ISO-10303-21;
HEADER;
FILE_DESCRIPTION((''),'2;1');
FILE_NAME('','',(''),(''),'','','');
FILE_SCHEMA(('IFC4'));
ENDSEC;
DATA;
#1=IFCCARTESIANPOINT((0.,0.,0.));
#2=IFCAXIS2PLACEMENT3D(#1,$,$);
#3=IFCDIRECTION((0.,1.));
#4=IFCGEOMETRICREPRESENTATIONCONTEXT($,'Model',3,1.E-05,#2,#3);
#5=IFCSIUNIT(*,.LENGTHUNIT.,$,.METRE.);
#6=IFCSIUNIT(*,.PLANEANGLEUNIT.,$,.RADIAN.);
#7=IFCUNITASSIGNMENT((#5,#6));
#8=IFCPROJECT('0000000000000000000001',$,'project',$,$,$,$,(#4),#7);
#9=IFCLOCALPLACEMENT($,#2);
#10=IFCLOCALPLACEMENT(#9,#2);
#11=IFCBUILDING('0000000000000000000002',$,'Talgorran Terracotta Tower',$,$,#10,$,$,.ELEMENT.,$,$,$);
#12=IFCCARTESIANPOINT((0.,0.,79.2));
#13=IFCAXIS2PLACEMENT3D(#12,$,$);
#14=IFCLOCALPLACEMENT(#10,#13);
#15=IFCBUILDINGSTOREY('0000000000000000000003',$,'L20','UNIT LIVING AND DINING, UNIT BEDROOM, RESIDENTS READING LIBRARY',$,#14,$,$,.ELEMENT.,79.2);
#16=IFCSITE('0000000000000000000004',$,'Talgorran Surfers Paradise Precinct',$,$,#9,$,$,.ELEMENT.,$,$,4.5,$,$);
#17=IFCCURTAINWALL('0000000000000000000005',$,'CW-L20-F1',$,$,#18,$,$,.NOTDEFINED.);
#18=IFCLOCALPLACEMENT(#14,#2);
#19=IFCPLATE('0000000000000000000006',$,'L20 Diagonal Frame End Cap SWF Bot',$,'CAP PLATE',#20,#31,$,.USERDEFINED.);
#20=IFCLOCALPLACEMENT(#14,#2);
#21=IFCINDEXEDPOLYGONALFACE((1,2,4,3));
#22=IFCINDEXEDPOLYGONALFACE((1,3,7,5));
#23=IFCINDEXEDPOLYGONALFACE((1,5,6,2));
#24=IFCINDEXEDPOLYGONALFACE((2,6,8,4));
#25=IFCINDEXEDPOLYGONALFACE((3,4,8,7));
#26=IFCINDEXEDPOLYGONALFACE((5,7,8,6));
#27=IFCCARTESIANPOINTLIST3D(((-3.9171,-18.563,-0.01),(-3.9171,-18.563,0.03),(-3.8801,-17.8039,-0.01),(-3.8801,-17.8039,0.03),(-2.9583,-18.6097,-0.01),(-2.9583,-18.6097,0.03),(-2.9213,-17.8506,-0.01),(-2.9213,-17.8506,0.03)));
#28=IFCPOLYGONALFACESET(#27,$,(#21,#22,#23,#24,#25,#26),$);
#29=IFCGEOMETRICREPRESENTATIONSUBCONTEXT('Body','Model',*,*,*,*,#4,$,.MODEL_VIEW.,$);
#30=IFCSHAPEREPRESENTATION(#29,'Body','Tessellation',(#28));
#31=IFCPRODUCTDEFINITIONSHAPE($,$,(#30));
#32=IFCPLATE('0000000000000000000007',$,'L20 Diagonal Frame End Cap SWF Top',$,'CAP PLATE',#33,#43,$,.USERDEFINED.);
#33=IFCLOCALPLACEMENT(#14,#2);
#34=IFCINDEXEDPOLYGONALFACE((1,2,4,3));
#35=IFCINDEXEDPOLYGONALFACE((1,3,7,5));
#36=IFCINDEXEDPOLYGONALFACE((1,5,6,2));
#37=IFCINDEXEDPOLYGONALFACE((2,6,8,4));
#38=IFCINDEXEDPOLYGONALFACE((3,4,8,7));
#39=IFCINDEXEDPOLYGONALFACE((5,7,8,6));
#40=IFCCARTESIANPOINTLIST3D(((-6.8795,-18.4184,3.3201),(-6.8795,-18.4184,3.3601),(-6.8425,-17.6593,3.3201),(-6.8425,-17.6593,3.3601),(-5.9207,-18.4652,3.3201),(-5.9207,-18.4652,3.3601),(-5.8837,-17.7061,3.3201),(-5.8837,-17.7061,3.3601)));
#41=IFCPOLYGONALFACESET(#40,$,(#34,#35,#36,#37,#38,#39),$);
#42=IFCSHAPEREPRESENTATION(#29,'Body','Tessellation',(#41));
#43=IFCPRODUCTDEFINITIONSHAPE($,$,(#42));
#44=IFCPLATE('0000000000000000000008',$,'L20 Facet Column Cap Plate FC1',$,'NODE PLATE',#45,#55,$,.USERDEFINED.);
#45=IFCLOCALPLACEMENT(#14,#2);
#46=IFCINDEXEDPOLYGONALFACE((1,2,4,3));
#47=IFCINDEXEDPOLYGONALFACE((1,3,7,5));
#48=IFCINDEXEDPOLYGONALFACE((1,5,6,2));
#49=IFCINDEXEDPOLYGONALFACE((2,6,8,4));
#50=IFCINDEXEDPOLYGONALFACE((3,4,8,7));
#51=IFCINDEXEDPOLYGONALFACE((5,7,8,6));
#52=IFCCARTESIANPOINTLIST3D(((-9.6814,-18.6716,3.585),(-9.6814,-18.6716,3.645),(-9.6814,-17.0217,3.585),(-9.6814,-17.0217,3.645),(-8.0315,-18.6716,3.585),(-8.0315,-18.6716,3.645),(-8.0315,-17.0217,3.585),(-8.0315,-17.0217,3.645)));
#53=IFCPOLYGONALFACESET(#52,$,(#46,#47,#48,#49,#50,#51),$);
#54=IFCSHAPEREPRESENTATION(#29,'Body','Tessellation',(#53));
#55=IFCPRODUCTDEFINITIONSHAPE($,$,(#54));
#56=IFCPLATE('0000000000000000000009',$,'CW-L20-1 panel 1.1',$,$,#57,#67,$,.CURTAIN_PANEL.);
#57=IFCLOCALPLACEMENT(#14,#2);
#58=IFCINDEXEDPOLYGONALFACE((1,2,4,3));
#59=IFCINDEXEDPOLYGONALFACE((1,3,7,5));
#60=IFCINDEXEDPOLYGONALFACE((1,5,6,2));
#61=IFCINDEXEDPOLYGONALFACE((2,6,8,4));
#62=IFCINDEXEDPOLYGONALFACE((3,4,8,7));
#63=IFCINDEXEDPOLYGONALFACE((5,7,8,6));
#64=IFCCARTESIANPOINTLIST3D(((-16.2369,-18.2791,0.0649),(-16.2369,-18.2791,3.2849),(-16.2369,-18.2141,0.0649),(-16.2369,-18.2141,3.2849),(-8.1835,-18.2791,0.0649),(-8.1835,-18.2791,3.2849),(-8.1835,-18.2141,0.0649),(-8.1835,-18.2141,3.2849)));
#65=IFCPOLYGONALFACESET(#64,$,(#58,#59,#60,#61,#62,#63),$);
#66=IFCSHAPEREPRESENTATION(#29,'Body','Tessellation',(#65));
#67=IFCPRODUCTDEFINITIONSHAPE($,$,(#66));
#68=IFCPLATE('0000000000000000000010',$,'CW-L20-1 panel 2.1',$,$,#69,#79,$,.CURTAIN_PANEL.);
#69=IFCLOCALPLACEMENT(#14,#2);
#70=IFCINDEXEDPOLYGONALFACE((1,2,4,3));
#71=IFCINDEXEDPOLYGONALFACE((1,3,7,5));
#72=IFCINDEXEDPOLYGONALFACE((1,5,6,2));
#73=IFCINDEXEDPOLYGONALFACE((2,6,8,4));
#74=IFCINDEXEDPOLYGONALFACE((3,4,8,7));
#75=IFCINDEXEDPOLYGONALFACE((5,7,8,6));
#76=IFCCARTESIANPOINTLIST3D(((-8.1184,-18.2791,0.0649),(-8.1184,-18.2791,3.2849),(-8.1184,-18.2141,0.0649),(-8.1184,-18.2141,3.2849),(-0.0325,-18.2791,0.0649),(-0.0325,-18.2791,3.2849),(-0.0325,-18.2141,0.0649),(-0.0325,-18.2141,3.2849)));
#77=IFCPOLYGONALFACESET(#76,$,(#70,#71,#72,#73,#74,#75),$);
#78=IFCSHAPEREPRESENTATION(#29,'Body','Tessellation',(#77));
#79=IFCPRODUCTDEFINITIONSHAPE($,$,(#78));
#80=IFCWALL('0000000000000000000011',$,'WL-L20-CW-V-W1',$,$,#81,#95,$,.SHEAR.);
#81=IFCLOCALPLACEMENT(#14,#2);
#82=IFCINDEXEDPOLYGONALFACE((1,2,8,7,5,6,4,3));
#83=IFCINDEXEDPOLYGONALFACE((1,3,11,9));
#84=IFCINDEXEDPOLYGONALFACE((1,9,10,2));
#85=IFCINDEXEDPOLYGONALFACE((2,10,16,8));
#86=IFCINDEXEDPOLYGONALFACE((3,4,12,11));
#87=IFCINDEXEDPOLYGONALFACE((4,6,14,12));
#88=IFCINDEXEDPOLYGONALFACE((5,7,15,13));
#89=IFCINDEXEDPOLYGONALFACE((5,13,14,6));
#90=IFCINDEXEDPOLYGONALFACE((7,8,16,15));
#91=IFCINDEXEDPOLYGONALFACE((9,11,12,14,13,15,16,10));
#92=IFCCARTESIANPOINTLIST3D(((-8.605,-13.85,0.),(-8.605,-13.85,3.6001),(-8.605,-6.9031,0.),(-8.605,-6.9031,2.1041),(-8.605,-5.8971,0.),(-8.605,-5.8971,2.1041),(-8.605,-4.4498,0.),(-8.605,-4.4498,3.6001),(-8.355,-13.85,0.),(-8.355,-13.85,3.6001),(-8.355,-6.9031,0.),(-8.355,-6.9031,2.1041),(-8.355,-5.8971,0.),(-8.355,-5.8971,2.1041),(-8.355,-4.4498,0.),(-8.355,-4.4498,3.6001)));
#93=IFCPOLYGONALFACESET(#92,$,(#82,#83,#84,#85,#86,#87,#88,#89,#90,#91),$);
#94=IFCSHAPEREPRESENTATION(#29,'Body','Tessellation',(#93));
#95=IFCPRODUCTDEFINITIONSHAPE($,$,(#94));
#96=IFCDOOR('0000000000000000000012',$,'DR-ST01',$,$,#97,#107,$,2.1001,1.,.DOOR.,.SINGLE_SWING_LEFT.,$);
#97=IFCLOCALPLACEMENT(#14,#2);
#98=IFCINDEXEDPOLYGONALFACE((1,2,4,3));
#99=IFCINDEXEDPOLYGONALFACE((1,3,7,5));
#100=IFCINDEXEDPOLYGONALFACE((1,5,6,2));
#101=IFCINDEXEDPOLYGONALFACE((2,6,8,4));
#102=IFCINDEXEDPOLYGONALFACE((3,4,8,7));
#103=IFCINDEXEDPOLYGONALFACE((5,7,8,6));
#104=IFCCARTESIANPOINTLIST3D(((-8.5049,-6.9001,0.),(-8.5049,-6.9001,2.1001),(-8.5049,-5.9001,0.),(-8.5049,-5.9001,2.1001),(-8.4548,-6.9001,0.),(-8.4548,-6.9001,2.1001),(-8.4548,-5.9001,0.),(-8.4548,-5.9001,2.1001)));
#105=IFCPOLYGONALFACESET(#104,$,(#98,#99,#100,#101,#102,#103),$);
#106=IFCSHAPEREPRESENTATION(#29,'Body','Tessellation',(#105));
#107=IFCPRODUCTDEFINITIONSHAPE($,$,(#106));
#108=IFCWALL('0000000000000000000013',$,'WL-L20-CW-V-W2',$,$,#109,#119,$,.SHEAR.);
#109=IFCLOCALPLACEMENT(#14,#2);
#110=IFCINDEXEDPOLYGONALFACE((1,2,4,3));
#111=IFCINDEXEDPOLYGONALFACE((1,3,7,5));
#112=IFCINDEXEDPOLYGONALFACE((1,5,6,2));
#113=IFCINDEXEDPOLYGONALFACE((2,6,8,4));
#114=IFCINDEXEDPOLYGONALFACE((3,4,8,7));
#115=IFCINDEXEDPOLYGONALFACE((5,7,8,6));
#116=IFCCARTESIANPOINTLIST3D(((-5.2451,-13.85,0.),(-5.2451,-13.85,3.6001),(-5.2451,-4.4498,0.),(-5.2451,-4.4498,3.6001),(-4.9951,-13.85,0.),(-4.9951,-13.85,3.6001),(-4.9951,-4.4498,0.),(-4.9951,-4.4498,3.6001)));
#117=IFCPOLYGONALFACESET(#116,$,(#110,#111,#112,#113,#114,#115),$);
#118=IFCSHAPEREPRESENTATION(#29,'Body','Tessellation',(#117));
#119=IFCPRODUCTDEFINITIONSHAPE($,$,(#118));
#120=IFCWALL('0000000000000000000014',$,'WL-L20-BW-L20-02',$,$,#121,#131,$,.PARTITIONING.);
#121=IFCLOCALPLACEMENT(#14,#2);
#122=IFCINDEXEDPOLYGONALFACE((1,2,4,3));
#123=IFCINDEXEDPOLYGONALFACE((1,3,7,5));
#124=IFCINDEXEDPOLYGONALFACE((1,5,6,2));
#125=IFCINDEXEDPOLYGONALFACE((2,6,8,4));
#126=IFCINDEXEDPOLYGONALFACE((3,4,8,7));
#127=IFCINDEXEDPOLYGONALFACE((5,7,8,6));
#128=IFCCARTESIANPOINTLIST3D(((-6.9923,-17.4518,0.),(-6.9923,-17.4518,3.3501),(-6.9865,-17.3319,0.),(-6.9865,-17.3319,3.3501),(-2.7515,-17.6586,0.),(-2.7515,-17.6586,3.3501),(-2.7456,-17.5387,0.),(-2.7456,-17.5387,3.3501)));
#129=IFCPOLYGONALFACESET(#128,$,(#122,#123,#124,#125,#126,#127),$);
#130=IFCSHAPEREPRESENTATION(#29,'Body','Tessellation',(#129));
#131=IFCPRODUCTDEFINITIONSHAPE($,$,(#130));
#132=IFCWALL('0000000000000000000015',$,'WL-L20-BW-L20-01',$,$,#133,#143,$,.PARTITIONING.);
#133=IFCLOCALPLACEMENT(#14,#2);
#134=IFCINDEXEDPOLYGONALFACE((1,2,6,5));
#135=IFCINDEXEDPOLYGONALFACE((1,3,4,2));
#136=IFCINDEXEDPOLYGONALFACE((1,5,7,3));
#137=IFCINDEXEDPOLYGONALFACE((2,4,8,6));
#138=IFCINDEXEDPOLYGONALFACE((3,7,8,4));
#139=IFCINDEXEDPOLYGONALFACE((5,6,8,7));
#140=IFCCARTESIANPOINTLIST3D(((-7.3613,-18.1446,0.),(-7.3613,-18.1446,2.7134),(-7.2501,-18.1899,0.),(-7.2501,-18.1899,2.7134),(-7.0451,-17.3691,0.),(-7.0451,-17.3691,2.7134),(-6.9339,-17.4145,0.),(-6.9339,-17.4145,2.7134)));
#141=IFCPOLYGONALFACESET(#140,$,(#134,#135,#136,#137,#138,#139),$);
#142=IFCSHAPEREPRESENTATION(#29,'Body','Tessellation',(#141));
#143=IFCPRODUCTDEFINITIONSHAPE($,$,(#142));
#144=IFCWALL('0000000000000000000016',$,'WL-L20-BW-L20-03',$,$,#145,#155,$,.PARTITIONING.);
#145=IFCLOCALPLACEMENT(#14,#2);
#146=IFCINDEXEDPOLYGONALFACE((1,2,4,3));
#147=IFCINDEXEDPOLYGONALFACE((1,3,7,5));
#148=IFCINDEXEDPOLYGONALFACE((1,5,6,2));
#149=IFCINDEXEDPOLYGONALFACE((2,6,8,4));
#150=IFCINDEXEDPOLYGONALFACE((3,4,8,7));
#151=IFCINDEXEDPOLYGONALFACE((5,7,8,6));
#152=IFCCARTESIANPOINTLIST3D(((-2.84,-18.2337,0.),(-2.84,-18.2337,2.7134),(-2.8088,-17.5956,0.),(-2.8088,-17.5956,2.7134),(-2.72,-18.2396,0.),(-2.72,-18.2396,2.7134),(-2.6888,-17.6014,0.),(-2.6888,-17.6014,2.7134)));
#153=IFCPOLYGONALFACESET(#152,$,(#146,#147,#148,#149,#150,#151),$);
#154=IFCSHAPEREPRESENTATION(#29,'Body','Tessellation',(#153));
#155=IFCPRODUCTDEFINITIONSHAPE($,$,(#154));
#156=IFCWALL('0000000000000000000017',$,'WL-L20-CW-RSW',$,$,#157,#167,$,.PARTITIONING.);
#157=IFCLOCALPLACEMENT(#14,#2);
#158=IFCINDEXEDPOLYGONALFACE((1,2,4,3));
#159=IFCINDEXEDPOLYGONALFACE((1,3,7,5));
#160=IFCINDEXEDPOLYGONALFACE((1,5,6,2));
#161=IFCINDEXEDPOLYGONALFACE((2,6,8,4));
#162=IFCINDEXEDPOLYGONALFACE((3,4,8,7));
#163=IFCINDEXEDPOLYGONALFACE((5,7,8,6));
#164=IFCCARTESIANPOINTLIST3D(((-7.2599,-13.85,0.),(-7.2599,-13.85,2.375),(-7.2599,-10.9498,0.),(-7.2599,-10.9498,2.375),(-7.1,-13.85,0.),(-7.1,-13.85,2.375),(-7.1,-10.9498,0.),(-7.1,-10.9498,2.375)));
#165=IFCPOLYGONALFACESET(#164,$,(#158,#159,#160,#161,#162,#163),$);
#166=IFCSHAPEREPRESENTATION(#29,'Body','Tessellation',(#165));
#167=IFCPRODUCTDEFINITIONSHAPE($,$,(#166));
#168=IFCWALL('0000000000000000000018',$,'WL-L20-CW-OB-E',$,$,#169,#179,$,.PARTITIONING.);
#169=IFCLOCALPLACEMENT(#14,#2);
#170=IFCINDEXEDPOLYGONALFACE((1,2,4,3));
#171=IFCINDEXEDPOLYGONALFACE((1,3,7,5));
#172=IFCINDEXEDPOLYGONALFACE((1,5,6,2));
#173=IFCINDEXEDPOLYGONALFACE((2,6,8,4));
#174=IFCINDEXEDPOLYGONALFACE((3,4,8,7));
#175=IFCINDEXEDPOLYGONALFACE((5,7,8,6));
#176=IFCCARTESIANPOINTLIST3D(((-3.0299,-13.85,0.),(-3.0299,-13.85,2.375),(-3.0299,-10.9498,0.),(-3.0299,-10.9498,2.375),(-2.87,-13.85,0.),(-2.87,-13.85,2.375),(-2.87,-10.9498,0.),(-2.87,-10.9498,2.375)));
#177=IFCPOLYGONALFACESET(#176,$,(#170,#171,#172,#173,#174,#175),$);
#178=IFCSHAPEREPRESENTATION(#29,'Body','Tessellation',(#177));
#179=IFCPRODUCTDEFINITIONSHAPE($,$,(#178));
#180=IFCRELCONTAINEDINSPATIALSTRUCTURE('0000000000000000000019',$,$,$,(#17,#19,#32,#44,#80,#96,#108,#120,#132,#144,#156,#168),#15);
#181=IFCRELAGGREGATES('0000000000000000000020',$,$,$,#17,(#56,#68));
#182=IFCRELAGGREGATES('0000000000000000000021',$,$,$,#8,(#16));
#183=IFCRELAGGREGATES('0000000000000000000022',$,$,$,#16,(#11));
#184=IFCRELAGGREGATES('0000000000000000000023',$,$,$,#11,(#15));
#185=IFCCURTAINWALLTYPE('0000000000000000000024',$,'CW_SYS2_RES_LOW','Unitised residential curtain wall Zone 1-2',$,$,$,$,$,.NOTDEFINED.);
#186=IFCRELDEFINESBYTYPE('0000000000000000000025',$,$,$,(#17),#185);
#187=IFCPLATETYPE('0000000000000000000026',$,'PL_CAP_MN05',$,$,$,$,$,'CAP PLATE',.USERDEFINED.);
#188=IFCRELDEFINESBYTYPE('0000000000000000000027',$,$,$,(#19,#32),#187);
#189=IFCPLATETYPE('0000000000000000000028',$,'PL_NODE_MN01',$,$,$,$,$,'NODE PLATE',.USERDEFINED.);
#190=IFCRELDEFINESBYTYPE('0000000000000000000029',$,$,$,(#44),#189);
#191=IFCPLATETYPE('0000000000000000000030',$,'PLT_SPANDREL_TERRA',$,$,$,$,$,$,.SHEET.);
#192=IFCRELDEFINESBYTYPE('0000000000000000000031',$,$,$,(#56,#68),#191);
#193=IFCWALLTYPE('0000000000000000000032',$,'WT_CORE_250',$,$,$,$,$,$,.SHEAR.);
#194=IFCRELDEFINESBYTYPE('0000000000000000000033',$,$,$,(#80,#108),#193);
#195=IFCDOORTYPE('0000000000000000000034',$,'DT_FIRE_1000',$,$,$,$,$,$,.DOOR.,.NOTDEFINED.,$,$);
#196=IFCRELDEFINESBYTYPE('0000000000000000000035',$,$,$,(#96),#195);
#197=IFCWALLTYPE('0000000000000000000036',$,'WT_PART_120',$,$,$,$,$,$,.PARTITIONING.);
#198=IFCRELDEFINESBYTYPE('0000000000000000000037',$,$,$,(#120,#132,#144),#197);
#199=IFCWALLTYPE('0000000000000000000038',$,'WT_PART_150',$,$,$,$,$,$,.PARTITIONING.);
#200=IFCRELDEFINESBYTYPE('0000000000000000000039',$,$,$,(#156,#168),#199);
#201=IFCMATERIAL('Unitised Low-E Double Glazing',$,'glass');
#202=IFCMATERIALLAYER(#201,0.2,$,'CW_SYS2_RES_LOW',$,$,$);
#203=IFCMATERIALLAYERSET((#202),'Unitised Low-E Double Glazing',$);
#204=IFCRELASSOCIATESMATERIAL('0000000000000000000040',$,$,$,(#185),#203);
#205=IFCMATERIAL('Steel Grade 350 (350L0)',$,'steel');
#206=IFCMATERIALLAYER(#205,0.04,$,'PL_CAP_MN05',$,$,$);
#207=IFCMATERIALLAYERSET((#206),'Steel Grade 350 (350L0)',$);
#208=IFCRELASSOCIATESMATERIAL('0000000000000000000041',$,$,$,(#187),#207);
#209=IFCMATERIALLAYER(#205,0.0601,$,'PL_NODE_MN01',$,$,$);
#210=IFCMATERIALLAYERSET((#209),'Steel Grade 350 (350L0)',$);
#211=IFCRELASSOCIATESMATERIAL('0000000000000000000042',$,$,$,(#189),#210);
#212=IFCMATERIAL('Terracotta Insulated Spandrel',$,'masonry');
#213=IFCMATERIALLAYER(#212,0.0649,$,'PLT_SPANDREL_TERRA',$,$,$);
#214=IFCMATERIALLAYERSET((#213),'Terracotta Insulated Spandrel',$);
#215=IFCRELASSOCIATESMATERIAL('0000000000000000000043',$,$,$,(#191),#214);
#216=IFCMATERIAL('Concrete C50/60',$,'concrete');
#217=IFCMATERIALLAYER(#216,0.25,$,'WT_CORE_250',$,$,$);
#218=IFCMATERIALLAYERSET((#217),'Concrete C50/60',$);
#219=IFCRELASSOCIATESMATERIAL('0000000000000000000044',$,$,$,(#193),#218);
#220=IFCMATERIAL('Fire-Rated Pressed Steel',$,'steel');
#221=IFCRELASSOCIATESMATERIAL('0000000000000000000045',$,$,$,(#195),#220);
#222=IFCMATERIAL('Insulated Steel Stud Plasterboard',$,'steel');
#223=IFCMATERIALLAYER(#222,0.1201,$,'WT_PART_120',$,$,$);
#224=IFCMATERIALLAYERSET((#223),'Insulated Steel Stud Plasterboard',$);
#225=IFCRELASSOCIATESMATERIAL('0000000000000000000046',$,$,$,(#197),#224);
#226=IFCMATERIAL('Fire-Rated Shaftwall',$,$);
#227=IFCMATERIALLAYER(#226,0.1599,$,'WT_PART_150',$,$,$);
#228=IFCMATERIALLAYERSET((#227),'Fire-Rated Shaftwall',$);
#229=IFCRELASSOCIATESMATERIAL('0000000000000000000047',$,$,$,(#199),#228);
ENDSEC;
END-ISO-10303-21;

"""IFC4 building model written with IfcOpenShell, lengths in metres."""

from ifc_helpers import new_model, si_unit, direction, frame, frame_2d, origin, origin_2d, place, context, subcontext, project, spatial, rectangle, extrude, source, transform, mapped, material, layer, layer_set, type_object, type_shapes, element, fill, aggregate, save


model = new_model("IFC4")

# Units and contexts
model_context = context("Model", 3, precision=1e-05, world=origin(), true_north=direction((0.0, 1.0)))
body_context = subcontext(model_context, "Body", "Model", "MODEL_VIEW")
ifc_project = project(units=[si_unit("LENGTHUNIT", "METRE"), si_unit("PLANEANGLEUNIT", "RADIAN")], contexts=[model_context])

# Site, building, storey
site_placement = place(None, origin())
site = spatial("IfcSite", under=ifc_project, at=site_placement, Name="Talgorran Surfers Paradise Precinct", CompositionType="ELEMENT", RefElevation=4.5)
building_placement = place(site_placement, origin())
building = spatial("IfcBuilding", under=site, at=building_placement, Name="Talgorran Terracotta Tower", CompositionType="ELEMENT")
storey_placement = place(building_placement, frame((0.0, 0.0, 79.2)))
storey = spatial("IfcBuildingStorey", under=building, at=storey_placement, Name="L20", Description="UNIT LIVING AND DINING, UNIT BEDROOM, RESIDENTS READING LIBRARY", CompositionType="ELEMENT", Elevation=79.2)

# Shared definitions
ifc_material_1 = material(Name="Steel Grade 350 (350L0)", Category="steel")

# Curtain wall
ifc_material_2 = material(Name="Unitised Low-E Double Glazing", Category="glass")
ifc_layer_1 = layer(ifc_material_2, 0.2, Name="CW_SYS2_RES_LOW")
ifc_layer_set_1 = layer_set([ifc_layer_1], Name="Unitised Low-E Double Glazing")
curtain_wall_type = type_object("IfcCurtainWallType", Name="CW_SYS2_RES_LOW", Description="Unitised residential curtain wall Zone 1-2", PredefinedType="NOTDEFINED", material=ifc_layer_set_1)
curtain_wall_placement = place(storey_placement, origin())
curtain_wall = element("IfcCurtainWall", 1, at=curtain_wall_placement, inside=storey, type_object=curtain_wall_type, Name="CW-L20-F1", PredefinedType="NOTDEFINED")

# Plates
ifc_layer_2 = layer(ifc_material_1, 0.04, Name="PL_CAP_MN05")
ifc_layer_set_2 = layer_set([ifc_layer_2], Name="Steel Grade 350 (350L0)")
plate_type_1 = type_object("IfcPlateType", Name="PL_CAP_MN05", ElementType="CAP PLATE", PredefinedType="USERDEFINED", material=ifc_layer_set_2)
for number, where, z_axis, x_axis, name in (
    (2, (-3.4192, -18.2068, -0.01), (0.0, 0.0, 1.0), (-0.998815, 0.048675, 0.0), "L20 Diagonal Frame End Cap SWF Bot"),
    (3, (-6.3816, -18.0623, 3.3201), (0.0, 0.0, 1.0), (-0.998815, 0.048675, 0.0), "L20 Diagonal Frame End Cap SWF Top"),
):
    element("IfcPlate", number, at=place(storey_placement, frame(where, z_axis=z_axis, x_axis=x_axis)), inside=storey, type_object=plate_type_1, Name=name, ObjectType="CAP PLATE", PredefinedType="USERDEFINED", context=body_context, shape_type="SweptSolid", body=[
        extrude(rectangle(XDim=0.96, YDim=0.76, at=origin_2d()), origin(), (0.0, 0.0, 1.0), 0.04),
    ])
ifc_layer_3 = layer(ifc_material_1, 0.0601, Name="PL_NODE_MN01")
ifc_layer_set_3 = layer_set([ifc_layer_3], Name="Steel Grade 350 (350L0)")
plate_type_2 = type_object("IfcPlateType", Name="PL_NODE_MN01", ElementType="NODE PLATE", PredefinedType="USERDEFINED", material=ifc_layer_set_3)
plate_1_placement = place(storey_placement, frame((-8.8564, -17.8467, 3.585), z_axis=(0.0, 0.0, 1.0), x_axis=(1.0, 0.0, 0.0)))
element("IfcPlate", 4, at=plate_1_placement, inside=storey, type_object=plate_type_2, Name="L20 Facet Column Cap Plate FC1", ObjectType="NODE PLATE", PredefinedType="USERDEFINED", context=body_context, shape_type="SweptSolid", body=[
    extrude(rectangle(XDim=1.6499, YDim=1.6499, at=origin_2d()), origin(), (0.0, 0.0, 1.0), 0.0601),
])

# Plates
ifc_material_3 = material(Name="Terracotta Insulated Spandrel", Category="masonry")
ifc_layer_4 = layer(ifc_material_3, 0.0649, Name="PLT_SPANDREL_TERRA")
ifc_layer_set_4 = layer_set([ifc_layer_4], Name="Terracotta Insulated Spandrel")
plate_type_3 = type_object("IfcPlateType", Name="PLT_SPANDREL_TERRA", PredefinedType="SHEET", material=ifc_layer_set_4)
shared_shape_1 = source(origin(), body_context, "Body", "SweptSolid", [
    extrude(rectangle(XDim=8.0535, YDim=0.0649, at=origin_2d()), origin(), (0.0, 0.0, 1.0), 3.22),
])
plate_2_placement = place(storey_placement, frame((-12.2102, -18.2466, 0.0649), z_axis=(0.0, 0.0, 1.0), x_axis=(1.0, 0.0, 0.0)))
plate_2 = element("IfcPlate", 5, at=plate_2_placement, type_object=plate_type_3, Name="CW-L20-1 panel 1.1", PredefinedType="CURTAIN_PANEL", context=body_context, shape_type="MappedRepresentation", body=[
    mapped(shared_shape_1, transform((0.0, 0.0, 0.0), scale=1.0)),
])
shared_shape_2 = source(origin(), body_context, "Body", "SweptSolid", [
    extrude(rectangle(XDim=8.0859, YDim=0.0649, at=origin_2d()), origin(), (0.0, 0.0, 1.0), 3.22),
])
type_shapes(plate_type_3, [shared_shape_1, shared_shape_2])
plate_3_placement = place(storey_placement, frame((-4.0754, -18.2466, 0.0649), z_axis=(0.0, 0.0, 1.0), x_axis=(1.0, 0.0, 0.0)))
plate_3 = element("IfcPlate", 6, at=plate_3_placement, type_object=plate_type_3, Name="CW-L20-1 panel 2.1", PredefinedType="CURTAIN_PANEL", context=body_context, shape_type="MappedRepresentation", body=[
    mapped(shared_shape_2, transform((0.0, 0.0, 0.0), scale=1.0)),
])
aggregate(curtain_wall, [plate_2, plate_3])

# Wall, opening, door
ifc_material_4 = material(Name="Concrete C50/60", Category="concrete")
ifc_layer_5 = layer(ifc_material_4, 0.25, Name="WT_CORE_250")
ifc_layer_set_5 = layer_set([ifc_layer_5], Name="Concrete C50/60")
wall_type_1 = type_object("IfcWallType", Name="WT_CORE_250", PredefinedType="SHEAR", material=ifc_layer_set_5)
wall_1_placement = place(storey_placement, frame((-8.48, -13.8501, 0.0), z_axis=(0.0, 0.0, 1.0), x_axis=(0.0, 1.0, 0.0)))
wall_1 = element("IfcWall", 7, at=wall_1_placement, inside=storey, type_object=wall_type_1, Name="WL-L20-CW-V-W1", PredefinedType="SHEAR", context=body_context, shape_type="SweptSolid", body=[
    extrude(rectangle(XDim=9.4001, YDim=0.25, at=frame_2d((4.7002, 0.0))), origin(), (0.0, 0.0, 1.0), 3.6001),
])
opening_placement = place(wall_1_placement, frame((6.95, 0.0, 0.0)))
opening = element("IfcOpeningElement", 8, at=opening_placement, cuts=wall_1, PredefinedType="OPENING", context=body_context, shape_type="SweptSolid", body=[
    extrude(rectangle(XDim=1.006, YDim=2.1041, at=frame_2d((0.5, 1.052))), frame((0.0, 0.135, 0.0), z_axis=(0.0, -1.0, 0.0), x_axis=(1.0, 0.0, 0.0)), (0.0, 0.0, 1.0), 0.27),
])
ifc_material_5 = material(Name="Fire-Rated Pressed Steel", Category="steel")
door_type = type_object("IfcDoorType", Name="DT_FIRE_1000", OperationType="NOTDEFINED", PredefinedType="DOOR", material=ifc_material_5)
door_placement = place(opening_placement, origin())
door = element("IfcDoor", 9, at=door_placement, inside=storey, type_object=door_type, Name="DR-ST01", OperationType="SINGLE_SWING_LEFT", OverallHeight=2.1001, OverallWidth=1.0, PredefinedType="DOOR", context=body_context, shape_type="SweptSolid", body=[
    extrude(rectangle(XDim=1.0, YDim=2.1001, at=frame_2d((0.5, 1.05))), frame((0.0, 0.0249, 0.0), z_axis=(0.0, -1.0, 0.0), x_axis=(1.0, 0.0, 0.0)), (0.0, 0.0, 1.0), 0.05),
])
fill(opening, door)

# Walls
wall_2_placement = place(storey_placement, frame((-5.1201, -13.8501, 0.0), z_axis=(0.0, 0.0, 1.0), x_axis=(0.0, 1.0, 0.0)))
element("IfcWall", 10, at=wall_2_placement, inside=storey, type_object=wall_type_1, Name="WL-L20-CW-V-W2", PredefinedType="SHEAR", context=body_context, shape_type="SweptSolid", body=[
    extrude(rectangle(XDim=9.4001, YDim=0.25, at=frame_2d((4.7002, 0.0))), origin(), (0.0, 0.0, 1.0), 3.6001),
])
ifc_material_6 = material(Name="Insulated Steel Stud Plasterboard", Category="steel")
ifc_layer_6 = layer(ifc_material_6, 0.1201, Name="WT_PART_120")
ifc_layer_set_6 = layer_set([ifc_layer_6], Name="Insulated Steel Stud Plasterboard")
wall_type_2 = type_object("IfcWallType", Name="WT_PART_120", PredefinedType="PARTITIONING", material=ifc_layer_set_6)
wall_3_placement = place(storey_placement, frame((-6.9895, -17.3918, 0.0), z_axis=(0.0, 0.0, 1.0), x_axis=(0.998813, -0.048704, 0.0)))
element("IfcWall", 11, at=wall_3_placement, inside=storey, type_object=wall_type_2, Name="WL-L20-BW-L20-02", PredefinedType="PARTITIONING", context=body_context, shape_type="SweptSolid", body=[
    extrude(rectangle(XDim=4.2458, YDim=0.1201, at=frame_2d((2.123, 0.0))), origin(), (0.0, 0.0, 1.0), 3.3501),
])
wall_4_placement = place(storey_placement, frame((-7.3057, -18.1672, 0.0), z_axis=(0.0, 0.0, 1.0), x_axis=(0.377565, 0.925983, 0.0)))
element("IfcWall", 12, at=wall_4_placement, inside=storey, type_object=wall_type_2, Name="WL-L20-BW-L20-01", PredefinedType="PARTITIONING", context=body_context, shape_type="SweptSolid", body=[
    extrude(rectangle(XDim=0.8374, YDim=0.1201, at=frame_2d((0.4187, 0.0))), origin(), (0.0, 0.0, 1.0), 2.7134),
])
wall_5_placement = place(storey_placement, frame((-2.7488, -17.5986, 0.0), z_axis=(0.0, 0.0, 1.0), x_axis=(-0.048908, -0.998803, 0.0)))
element("IfcWall", 13, at=wall_5_placement, inside=storey, type_object=wall_type_2, Name="WL-L20-BW-L20-03", PredefinedType="PARTITIONING", context=body_context, shape_type="SweptSolid", body=[
    extrude(rectangle(XDim=0.6389, YDim=0.1201, at=frame_2d((0.3193, 0.0))), origin(), (0.0, 0.0, 1.0), 2.7134),
])
ifc_material_7 = material(Name="Fire-Rated Shaftwall")
ifc_layer_7 = layer(ifc_material_7, 0.1599, Name="WT_PART_150")
ifc_layer_set_7 = layer_set([ifc_layer_7], Name="Fire-Rated Shaftwall")
wall_type_3 = type_object("IfcWallType", Name="WT_PART_150", PredefinedType="PARTITIONING", material=ifc_layer_set_7)
for number, where, z_axis, x_axis, name in (
    (14, (-7.1799, -13.8501, 0.0), (0.0, 0.0, 1.0), (0.0, 1.0, 0.0), "WL-L20-CW-RSW"),
    (15, (-2.95, -13.8501, 0.0), (0.0, 0.0, 1.0), (0.0, 1.0, 0.0), "WL-L20-CW-OB-E"),
):
    element("IfcWall", number, at=place(storey_placement, frame(where, z_axis=z_axis, x_axis=x_axis)), inside=storey, type_object=wall_type_3, Name=name, PredefinedType="PARTITIONING", context=body_context, shape_type="SweptSolid", body=[
        extrude(rectangle(XDim=2.9001, YDim=0.1599, at=frame_2d((1.4502, 0.0))), origin(), (0.0, 0.0, 1.0), 2.375),
    ])

save(model, "model.ifc")
